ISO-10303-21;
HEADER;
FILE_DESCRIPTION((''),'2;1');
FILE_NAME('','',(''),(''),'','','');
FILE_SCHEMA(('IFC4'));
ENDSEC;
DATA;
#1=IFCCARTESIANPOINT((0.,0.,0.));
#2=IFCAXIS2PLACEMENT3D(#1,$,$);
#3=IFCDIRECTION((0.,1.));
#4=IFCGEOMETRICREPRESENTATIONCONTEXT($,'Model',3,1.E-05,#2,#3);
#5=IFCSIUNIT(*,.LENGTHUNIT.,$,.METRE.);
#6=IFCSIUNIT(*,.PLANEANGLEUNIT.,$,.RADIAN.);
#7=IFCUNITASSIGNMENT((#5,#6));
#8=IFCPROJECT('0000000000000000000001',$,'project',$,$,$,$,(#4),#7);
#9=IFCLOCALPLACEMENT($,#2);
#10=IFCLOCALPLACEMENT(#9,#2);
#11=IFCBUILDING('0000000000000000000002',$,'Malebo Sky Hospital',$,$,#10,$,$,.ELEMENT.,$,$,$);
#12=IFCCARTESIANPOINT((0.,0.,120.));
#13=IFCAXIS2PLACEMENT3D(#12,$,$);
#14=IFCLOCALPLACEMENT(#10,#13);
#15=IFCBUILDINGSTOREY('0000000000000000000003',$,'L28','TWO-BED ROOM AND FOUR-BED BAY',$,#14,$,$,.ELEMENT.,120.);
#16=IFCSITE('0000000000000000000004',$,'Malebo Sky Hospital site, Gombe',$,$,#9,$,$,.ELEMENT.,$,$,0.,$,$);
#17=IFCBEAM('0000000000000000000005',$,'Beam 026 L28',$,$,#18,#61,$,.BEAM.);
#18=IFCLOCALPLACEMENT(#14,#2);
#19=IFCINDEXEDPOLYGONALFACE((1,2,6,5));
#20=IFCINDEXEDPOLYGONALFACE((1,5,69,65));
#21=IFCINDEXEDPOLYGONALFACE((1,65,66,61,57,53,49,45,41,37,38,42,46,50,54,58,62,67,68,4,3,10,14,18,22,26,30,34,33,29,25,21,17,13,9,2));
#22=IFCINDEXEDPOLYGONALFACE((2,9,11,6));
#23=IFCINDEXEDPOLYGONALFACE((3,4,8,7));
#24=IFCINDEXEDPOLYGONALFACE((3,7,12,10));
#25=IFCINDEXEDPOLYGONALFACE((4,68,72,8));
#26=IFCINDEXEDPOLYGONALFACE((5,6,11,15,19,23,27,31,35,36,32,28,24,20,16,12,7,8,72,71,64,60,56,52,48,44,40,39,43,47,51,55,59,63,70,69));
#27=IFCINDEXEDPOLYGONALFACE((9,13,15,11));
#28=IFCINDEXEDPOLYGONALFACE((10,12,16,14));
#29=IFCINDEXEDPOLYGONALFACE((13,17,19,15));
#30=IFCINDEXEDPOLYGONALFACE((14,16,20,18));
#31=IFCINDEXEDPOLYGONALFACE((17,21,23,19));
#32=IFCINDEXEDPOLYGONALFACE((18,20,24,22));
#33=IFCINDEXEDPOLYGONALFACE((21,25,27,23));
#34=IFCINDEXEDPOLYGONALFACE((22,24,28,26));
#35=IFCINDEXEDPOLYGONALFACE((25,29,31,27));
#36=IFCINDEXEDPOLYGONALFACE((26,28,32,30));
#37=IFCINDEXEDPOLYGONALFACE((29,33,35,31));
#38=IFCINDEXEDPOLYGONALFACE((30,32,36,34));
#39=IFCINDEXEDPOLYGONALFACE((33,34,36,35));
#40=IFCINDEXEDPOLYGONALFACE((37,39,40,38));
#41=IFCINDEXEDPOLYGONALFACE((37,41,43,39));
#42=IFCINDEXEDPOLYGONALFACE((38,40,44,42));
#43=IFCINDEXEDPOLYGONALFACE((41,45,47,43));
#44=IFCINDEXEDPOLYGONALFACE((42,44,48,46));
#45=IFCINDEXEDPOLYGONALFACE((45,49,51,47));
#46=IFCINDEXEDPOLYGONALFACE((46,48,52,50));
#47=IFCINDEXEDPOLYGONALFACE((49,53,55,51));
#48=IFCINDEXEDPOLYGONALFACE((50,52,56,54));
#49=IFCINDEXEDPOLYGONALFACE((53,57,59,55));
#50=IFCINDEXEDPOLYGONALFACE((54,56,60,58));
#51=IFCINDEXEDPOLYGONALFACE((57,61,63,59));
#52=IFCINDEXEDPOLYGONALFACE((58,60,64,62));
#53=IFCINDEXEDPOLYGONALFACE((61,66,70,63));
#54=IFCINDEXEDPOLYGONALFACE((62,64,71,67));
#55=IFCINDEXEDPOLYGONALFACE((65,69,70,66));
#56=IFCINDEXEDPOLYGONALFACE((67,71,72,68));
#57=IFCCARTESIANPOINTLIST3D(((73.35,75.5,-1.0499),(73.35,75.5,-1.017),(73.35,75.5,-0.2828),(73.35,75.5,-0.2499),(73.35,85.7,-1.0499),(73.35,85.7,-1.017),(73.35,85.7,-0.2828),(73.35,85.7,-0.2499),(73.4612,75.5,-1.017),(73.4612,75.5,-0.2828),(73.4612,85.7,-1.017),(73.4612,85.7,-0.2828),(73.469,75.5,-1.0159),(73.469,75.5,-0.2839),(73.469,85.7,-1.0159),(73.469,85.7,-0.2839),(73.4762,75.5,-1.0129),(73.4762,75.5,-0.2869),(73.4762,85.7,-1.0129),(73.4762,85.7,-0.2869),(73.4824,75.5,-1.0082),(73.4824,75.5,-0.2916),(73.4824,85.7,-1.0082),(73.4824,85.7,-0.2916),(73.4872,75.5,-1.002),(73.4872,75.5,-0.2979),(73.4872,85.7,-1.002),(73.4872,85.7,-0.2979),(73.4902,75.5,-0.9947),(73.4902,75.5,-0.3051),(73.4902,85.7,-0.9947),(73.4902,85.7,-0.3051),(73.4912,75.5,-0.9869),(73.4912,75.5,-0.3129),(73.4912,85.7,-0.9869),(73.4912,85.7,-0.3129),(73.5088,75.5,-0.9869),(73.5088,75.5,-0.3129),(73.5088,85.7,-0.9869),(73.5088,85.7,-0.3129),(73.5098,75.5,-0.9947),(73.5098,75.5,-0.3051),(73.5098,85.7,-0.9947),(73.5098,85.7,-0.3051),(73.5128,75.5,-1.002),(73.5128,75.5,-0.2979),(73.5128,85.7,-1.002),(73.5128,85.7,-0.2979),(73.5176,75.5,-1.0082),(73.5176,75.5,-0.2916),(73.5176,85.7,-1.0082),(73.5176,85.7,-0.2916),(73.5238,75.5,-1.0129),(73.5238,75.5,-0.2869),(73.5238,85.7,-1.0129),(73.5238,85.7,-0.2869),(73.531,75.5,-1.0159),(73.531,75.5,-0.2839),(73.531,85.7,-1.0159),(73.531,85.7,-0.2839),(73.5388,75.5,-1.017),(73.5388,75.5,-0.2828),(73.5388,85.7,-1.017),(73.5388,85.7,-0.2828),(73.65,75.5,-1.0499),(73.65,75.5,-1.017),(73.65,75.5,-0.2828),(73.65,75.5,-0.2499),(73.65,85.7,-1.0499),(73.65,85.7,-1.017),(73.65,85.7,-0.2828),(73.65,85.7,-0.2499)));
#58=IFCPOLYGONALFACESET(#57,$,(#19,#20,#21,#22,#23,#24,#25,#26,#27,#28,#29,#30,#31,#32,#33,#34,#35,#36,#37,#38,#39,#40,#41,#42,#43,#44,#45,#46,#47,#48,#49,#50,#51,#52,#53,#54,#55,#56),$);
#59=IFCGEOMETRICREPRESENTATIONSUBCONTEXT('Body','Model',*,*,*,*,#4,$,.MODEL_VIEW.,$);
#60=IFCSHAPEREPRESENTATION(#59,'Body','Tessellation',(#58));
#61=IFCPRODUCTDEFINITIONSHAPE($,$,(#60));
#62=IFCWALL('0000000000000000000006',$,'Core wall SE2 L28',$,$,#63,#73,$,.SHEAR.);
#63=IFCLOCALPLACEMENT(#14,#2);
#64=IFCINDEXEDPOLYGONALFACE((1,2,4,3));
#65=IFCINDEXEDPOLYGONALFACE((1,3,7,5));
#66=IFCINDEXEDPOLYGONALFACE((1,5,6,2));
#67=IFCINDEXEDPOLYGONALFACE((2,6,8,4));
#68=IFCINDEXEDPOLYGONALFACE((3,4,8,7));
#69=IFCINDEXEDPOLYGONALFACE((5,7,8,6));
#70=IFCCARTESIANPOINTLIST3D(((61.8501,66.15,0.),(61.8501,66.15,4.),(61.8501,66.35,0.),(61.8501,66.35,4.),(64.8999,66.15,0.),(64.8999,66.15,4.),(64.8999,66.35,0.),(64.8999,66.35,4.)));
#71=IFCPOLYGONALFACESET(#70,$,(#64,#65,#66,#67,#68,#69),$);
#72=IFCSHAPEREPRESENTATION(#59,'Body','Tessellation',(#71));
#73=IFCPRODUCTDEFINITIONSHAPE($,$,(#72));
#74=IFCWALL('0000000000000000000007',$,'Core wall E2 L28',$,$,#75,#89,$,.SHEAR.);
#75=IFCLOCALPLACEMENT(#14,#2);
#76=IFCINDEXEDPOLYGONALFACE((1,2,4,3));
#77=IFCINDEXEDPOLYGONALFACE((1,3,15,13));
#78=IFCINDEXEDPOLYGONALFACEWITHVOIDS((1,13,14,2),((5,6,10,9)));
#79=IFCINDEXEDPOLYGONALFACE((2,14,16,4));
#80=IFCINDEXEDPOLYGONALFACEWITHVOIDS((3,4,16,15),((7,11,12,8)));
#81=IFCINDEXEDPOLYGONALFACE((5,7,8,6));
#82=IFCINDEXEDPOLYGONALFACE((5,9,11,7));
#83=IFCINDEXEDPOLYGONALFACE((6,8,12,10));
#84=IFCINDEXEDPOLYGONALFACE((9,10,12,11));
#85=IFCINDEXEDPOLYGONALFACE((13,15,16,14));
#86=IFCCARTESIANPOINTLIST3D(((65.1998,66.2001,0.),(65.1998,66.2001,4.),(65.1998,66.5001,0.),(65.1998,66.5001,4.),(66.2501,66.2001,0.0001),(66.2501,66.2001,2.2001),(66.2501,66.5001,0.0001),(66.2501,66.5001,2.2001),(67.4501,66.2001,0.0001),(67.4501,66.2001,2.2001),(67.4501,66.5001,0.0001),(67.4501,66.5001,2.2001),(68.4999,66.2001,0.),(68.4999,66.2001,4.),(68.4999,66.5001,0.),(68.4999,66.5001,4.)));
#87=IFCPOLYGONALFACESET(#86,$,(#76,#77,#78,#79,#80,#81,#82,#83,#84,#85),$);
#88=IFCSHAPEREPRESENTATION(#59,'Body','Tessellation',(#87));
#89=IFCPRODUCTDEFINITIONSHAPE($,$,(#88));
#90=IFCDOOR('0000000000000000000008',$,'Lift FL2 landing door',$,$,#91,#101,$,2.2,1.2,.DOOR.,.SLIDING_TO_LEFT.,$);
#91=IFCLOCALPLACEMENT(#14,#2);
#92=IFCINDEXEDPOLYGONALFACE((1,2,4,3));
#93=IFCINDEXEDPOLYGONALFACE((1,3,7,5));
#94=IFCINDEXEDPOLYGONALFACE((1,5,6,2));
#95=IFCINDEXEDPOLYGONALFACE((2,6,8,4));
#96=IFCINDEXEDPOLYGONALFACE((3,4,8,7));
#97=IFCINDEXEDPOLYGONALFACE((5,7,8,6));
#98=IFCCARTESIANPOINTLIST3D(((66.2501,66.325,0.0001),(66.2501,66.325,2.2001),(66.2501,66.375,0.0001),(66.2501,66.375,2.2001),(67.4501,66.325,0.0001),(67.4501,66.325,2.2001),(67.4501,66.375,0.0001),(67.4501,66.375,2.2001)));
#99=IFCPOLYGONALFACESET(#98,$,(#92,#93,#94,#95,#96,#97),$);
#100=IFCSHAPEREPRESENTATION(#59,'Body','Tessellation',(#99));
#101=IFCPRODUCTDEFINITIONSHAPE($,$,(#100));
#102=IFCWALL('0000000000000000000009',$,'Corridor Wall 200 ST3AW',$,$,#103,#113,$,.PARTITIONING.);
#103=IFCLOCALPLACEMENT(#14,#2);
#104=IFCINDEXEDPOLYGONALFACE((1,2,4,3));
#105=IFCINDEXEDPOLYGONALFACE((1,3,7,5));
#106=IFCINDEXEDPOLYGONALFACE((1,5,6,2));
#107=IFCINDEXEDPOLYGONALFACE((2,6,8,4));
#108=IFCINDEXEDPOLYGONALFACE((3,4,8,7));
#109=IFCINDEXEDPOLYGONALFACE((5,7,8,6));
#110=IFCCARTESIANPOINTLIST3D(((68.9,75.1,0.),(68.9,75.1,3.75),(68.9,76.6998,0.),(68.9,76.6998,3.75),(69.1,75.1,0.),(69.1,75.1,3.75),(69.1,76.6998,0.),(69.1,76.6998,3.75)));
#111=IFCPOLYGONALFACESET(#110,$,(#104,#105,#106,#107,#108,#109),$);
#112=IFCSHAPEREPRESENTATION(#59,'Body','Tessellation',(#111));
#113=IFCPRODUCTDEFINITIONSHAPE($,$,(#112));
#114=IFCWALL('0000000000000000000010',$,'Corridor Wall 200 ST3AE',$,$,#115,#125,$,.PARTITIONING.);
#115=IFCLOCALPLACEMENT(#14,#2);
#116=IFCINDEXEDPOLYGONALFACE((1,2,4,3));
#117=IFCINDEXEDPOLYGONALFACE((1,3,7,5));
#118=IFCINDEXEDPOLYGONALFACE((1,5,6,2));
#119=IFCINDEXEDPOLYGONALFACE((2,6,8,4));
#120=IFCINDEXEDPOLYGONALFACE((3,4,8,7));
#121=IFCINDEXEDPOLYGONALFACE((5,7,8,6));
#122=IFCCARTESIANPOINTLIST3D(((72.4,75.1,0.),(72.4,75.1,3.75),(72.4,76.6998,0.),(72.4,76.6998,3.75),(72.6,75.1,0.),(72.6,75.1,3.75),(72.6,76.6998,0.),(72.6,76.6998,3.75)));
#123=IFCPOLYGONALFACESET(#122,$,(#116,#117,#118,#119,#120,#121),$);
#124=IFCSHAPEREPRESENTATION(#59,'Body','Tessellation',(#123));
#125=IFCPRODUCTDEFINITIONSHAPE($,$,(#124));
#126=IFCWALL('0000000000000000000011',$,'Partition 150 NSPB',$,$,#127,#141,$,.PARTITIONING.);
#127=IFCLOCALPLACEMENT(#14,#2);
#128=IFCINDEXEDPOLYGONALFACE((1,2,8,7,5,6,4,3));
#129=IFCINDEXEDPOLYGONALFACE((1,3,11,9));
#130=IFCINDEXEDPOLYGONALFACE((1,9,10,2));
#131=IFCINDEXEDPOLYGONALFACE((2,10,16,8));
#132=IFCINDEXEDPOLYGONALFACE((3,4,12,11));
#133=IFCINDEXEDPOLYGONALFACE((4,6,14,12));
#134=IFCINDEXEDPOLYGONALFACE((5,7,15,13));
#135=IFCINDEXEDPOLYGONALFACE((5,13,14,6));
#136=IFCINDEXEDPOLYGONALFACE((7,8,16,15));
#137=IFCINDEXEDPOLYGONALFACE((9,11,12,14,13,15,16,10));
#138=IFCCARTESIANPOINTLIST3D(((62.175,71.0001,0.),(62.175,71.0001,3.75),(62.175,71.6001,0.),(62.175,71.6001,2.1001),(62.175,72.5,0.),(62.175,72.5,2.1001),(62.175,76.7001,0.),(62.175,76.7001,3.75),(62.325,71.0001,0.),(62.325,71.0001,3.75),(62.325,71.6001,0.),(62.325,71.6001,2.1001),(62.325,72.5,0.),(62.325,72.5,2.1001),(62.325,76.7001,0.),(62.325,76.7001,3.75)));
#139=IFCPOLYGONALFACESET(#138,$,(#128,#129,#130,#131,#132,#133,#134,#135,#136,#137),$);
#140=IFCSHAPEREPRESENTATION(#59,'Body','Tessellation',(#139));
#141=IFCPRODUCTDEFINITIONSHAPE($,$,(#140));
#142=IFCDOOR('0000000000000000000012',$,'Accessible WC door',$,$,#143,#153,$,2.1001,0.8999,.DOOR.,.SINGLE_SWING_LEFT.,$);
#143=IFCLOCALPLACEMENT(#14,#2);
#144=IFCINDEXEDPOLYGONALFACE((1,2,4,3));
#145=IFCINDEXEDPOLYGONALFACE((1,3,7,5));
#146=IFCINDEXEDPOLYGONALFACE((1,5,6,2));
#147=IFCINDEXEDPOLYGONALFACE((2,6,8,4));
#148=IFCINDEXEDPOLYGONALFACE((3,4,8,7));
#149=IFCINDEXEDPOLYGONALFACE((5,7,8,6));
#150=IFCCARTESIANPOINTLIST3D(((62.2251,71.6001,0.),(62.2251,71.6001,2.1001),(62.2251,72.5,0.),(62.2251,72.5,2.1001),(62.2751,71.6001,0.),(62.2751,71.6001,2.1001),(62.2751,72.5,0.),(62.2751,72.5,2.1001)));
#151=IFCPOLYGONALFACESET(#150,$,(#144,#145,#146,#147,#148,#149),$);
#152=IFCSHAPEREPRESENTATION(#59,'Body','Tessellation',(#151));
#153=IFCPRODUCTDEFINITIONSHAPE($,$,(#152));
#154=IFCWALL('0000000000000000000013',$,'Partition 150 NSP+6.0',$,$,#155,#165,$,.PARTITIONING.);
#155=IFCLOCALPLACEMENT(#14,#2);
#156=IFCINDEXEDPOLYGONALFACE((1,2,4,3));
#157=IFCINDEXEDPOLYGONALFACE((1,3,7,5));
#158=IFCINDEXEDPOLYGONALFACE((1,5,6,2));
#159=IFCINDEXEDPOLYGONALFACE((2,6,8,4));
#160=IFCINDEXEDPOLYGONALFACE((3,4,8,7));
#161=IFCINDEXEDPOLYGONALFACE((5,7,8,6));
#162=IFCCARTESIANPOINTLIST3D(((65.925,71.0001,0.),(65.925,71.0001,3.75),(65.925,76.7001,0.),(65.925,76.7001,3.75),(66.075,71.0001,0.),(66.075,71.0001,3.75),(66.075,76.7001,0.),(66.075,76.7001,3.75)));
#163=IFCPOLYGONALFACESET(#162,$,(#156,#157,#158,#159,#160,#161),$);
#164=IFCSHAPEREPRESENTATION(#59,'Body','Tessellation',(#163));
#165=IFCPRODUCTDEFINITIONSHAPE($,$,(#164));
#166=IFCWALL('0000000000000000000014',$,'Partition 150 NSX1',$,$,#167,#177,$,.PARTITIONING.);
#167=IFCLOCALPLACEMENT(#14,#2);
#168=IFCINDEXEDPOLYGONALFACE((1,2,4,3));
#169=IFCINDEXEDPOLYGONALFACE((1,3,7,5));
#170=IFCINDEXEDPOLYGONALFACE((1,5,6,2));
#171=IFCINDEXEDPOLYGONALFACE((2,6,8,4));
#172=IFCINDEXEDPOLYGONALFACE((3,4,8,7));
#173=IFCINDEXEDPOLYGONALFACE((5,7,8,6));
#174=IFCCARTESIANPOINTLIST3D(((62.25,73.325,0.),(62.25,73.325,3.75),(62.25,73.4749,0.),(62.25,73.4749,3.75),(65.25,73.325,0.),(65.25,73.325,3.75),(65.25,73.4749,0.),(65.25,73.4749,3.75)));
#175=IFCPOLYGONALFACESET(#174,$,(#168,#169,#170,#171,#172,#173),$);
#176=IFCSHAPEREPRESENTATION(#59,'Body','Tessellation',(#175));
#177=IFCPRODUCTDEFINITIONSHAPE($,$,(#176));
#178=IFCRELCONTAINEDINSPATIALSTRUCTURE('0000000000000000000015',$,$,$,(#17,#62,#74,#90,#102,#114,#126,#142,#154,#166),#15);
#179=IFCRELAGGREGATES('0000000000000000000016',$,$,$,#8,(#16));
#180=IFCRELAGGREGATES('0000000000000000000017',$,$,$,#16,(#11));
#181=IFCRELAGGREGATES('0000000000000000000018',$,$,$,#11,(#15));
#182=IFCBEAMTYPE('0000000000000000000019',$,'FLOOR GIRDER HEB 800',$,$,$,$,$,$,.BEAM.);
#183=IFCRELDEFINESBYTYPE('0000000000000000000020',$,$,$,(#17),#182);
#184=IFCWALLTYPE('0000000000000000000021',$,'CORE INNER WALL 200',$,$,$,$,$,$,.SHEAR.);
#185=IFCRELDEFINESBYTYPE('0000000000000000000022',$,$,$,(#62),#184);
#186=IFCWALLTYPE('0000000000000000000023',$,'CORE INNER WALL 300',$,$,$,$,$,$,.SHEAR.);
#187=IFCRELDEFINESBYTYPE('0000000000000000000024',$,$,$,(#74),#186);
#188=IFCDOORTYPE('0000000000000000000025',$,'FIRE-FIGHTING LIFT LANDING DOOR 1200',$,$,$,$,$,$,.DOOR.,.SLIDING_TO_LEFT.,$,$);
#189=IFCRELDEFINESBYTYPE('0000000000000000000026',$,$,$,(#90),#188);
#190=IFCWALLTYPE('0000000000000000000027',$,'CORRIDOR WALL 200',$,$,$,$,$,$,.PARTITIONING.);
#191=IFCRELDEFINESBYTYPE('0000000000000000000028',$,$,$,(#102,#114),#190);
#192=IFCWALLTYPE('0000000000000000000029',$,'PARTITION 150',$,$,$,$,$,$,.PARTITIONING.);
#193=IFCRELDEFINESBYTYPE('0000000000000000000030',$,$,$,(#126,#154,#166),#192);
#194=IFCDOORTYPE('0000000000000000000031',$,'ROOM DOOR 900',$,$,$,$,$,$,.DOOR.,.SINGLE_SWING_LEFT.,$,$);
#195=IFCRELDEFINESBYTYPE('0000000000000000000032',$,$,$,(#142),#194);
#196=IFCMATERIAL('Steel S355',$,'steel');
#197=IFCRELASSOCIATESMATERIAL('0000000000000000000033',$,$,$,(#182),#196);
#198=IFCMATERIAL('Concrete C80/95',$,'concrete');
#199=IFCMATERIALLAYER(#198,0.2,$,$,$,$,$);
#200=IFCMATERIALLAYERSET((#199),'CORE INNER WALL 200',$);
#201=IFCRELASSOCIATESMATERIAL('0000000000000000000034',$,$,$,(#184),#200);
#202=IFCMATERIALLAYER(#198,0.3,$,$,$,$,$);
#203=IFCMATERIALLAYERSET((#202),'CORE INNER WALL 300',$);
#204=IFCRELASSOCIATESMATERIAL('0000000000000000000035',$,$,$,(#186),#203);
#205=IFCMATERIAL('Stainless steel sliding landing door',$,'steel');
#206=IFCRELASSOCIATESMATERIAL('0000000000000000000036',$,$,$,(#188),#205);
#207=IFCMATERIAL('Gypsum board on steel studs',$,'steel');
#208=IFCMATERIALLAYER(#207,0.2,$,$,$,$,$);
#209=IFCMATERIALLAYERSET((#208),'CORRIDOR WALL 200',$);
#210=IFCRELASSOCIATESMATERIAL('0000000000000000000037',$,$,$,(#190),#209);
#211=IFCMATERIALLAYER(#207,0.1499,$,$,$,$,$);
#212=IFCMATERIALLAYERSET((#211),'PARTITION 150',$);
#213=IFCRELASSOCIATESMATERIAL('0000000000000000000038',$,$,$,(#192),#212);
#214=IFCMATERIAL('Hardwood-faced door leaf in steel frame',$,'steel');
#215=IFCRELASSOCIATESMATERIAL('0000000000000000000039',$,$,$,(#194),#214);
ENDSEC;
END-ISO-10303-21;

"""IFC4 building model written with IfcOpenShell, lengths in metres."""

from ifc_helpers import new_model, si_unit, direction, frame, frame_2d, origin, origin_2d, place, context, subcontext, project, spatial, rectangle, i_section, extrude, material, layer, layer_set, material_profile, profile_set, type_object, element, fill, save


model = new_model("IFC4")

# Units and contexts
model_context = context("Model", 3, precision=1e-05, world=origin(), true_north=direction((0.0, 1.0)))
body_context = subcontext(model_context, "Body", "Model", "MODEL_VIEW")
ifc_project = project(units=[si_unit("LENGTHUNIT", "METRE"), si_unit("PLANEANGLEUNIT", "RADIAN")], contexts=[model_context])

# Site, building, storey
site_placement = place(None, origin())
site = spatial("IfcSite", under=ifc_project, at=site_placement, Name="Malebo Sky Hospital site, Gombe", CompositionType="ELEMENT", RefElevation=0.0)
building_placement = place(site_placement, origin())
building = spatial("IfcBuilding", under=site, at=building_placement, Name="Malebo Sky Hospital", CompositionType="ELEMENT")
storey_placement = place(building_placement, frame((0.0, 0.0, 120.0)))
storey = spatial("IfcBuildingStorey", under=building, at=storey_placement, Name="L28", Description="TWO-BED ROOM AND FOUR-BED BAY", CompositionType="ELEMENT", Elevation=120.0)

# Beam
ifc_material_1 = material(Name="Steel S355", Category="steel")
ifc_material_profile_1 = material_profile(ifc_material_1, i_section(OverallWidth=0.3, OverallDepth=0.8, WebThickness=0.0176, FlangeThickness=0.033, FilletRadius=0.03, at=origin_2d()), Name="HEB 800")
ifc_profile_set_1 = profile_set([ifc_material_profile_1], Name="Steel S355")
beam_type_1 = type_object("IfcBeamType", Name="FLOOR GIRDER HEB 800", PredefinedType="BEAM", material=ifc_profile_set_1)
beam_1_placement = place(storey_placement, frame((73.5, 75.5, -0.6499), z_axis=(0.0, 1.0, 0.0), x_axis=(-1.0, 0.0, 0.0)))
element("IfcBeam", 1, at=beam_1_placement, inside=storey, type_object=beam_type_1, Name="Beam 026 L28", PredefinedType="BEAM", context=body_context, shape_type="SweptSolid", body=[
    extrude(i_section(OverallWidth=0.3, OverallDepth=0.8, WebThickness=0.0176, FlangeThickness=0.033, FilletRadius=0.03, at=origin_2d()), origin(), (0.0, 0.0, 1.0), 10.2),
])

# Wall
ifc_material_2 = material(Name="Concrete C80/95", Category="concrete")
ifc_layer_1 = layer(ifc_material_2, 0.2)
ifc_layer_set_1 = layer_set([ifc_layer_1], Name="CORE INNER WALL 200")
wall_type_1 = type_object("IfcWallType", Name="CORE INNER WALL 200", PredefinedType="SHEAR", material=ifc_layer_set_1)
wall_1_placement = place(storey_placement, frame((61.8501, 66.25, 0.0), z_axis=(0.0, 0.0, 1.0), x_axis=(1.0, 0.0, 0.0)))
element("IfcWall", 2, at=wall_1_placement, inside=storey, type_object=wall_type_1, Name="Core wall SE2 L28", PredefinedType="SHEAR", context=body_context, shape_type="SweptSolid", body=[
    extrude(rectangle(XDim=3.0498, YDim=0.2, at=frame_2d((1.5249, 0.0))), origin(), (0.0, 0.0, 1.0), 4.0),
])

# Wall, opening, door
ifc_layer_2 = layer(ifc_material_2, 0.3)
ifc_layer_set_2 = layer_set([ifc_layer_2], Name="CORE INNER WALL 300")
wall_type_2 = type_object("IfcWallType", Name="CORE INNER WALL 300", PredefinedType="SHEAR", material=ifc_layer_set_2)
wall_2_placement = place(storey_placement, frame((65.2, 66.3501, 0.0), z_axis=(0.0, 0.0, 1.0), x_axis=(1.0, 0.0, 0.0)))
wall_2 = element("IfcWall", 3, at=wall_2_placement, inside=storey, type_object=wall_type_2, Name="Core wall E2 L28", PredefinedType="SHEAR", context=body_context, shape_type="SweptSolid", body=[
    extrude(rectangle(XDim=3.3, YDim=0.3, at=frame_2d((1.6499, 0.0))), origin(), (0.0, 0.0, 1.0), 4.0),
])
opening_1_placement = place(wall_2_placement, frame((1.05, 0.0, 0.0)))
opening_1 = element("IfcOpeningElement", 4, at=opening_1_placement, cuts=wall_2, PredefinedType="OPENING", context=body_context, shape_type="SweptSolid", body=[
    extrude(rectangle(XDim=1.2, YDim=2.2, at=frame_2d((0.6001, 1.1001))), frame((0.0, 0.1599, 0.0), z_axis=(0.0, -1.0, 0.0), x_axis=(1.0, 0.0, 0.0)), (0.0, 0.0, 1.0), 0.3201),
])
ifc_material_3 = material(Name="Stainless steel sliding landing door", Category="steel")
door_type_1 = type_object("IfcDoorType", Name="FIRE-FIGHTING LIFT LANDING DOOR 1200", OperationType="SLIDING_TO_LEFT", PredefinedType="DOOR", material=ifc_material_3)
door_1_placement = place(opening_1_placement, origin())
door_1 = element("IfcDoor", 5, at=door_1_placement, inside=storey, type_object=door_type_1, Name="Lift FL2 landing door", OperationType="SLIDING_TO_LEFT", OverallHeight=2.2, OverallWidth=1.2, PredefinedType="DOOR", context=body_context, shape_type="SweptSolid", body=[
    extrude(rectangle(XDim=1.2, YDim=2.2, at=frame_2d((0.6001, 1.1001))), frame((0.0, 0.0249, 0.0), z_axis=(0.0, -1.0, 0.0), x_axis=(1.0, 0.0, 0.0)), (0.0, 0.0, 1.0), 0.05),
])
fill(opening_1, door_1)

# Walls
ifc_material_4 = material(Name="Gypsum board on steel studs", Category="steel")
ifc_layer_3 = layer(ifc_material_4, 0.2)
ifc_layer_set_3 = layer_set([ifc_layer_3], Name="CORRIDOR WALL 200")
wall_type_3 = type_object("IfcWallType", Name="CORRIDOR WALL 200", PredefinedType="PARTITIONING", material=ifc_layer_set_3)
for number, where, z_axis, x_axis, name in (
    (6, (69.0, 75.1001, 0.0), (0.0, 0.0, 1.0), (0.0, 1.0, 0.0), "Corridor Wall 200 ST3AW"),
    (7, (72.5, 75.1001, 0.0), (0.0, 0.0, 1.0), (0.0, 1.0, 0.0), "Corridor Wall 200 ST3AE"),
):
    element("IfcWall", number, at=place(storey_placement, frame(where, z_axis=z_axis, x_axis=x_axis)), inside=storey, type_object=wall_type_3, Name=name, PredefinedType="PARTITIONING", context=body_context, shape_type="SweptSolid", body=[
        extrude(rectangle(XDim=1.5999, YDim=0.2, at=frame_2d((0.7998, 0.0))), origin(), (0.0, 0.0, 1.0), 3.75),
    ])

# Wall, opening, door
ifc_layer_4 = layer(ifc_material_4, 0.1499)
ifc_layer_set_4 = layer_set([ifc_layer_4], Name="PARTITION 150")
wall_type_4 = type_object("IfcWallType", Name="PARTITION 150", PredefinedType="PARTITIONING", material=ifc_layer_set_4)
wall_3_placement = place(storey_placement, frame((62.25, 71.0, 0.0), z_axis=(0.0, 0.0, 1.0), x_axis=(0.0, 1.0, 0.0)))
wall_3 = element("IfcWall", 8, at=wall_3_placement, inside=storey, type_object=wall_type_4, Name="Partition 150 NSPB", PredefinedType="PARTITIONING", context=body_context, shape_type="SweptSolid", body=[
    extrude(rectangle(XDim=5.7, YDim=0.1499, at=frame_2d((2.8501, 0.0))), origin(), (0.0, 0.0, 1.0), 3.75),
])
opening_2_placement = place(wall_3_placement, frame((0.6001, 0.0, 0.0)))
opening_2 = element("IfcOpeningElement", 9, at=opening_2_placement, cuts=wall_3, PredefinedType="OPENING", context=body_context, shape_type="SweptSolid", body=[
    extrude(rectangle(XDim=0.8999, YDim=2.1001, at=frame_2d((0.45, 1.05))), frame((0.0, 0.085, 0.0), z_axis=(0.0, -1.0, 0.0), x_axis=(1.0, 0.0, 0.0)), (0.0, 0.0, 1.0), 0.1699),
])
ifc_material_5 = material(Name="Hardwood-faced door leaf in steel frame", Category="steel")
door_type_2 = type_object("IfcDoorType", Name="ROOM DOOR 900", OperationType="SINGLE_SWING_LEFT", PredefinedType="DOOR", material=ifc_material_5)
door_2_placement = place(opening_2_placement, origin())
door_2 = element("IfcDoor", 10, at=door_2_placement, inside=storey, type_object=door_type_2, Name="Accessible WC door", OperationType="SINGLE_SWING_LEFT", OverallHeight=2.1001, OverallWidth=0.8999, PredefinedType="DOOR", context=body_context, shape_type="SweptSolid", body=[
    extrude(rectangle(XDim=0.8999, YDim=2.1001, at=frame_2d((0.45, 1.05))), frame((0.0, 0.0249, 0.0), z_axis=(0.0, -1.0, 0.0), x_axis=(1.0, 0.0, 0.0)), (0.0, 0.0, 1.0), 0.05),
])
fill(opening_2, door_2)

# Walls
wall_4_placement = place(storey_placement, frame((66.0, 71.0, 0.0), z_axis=(0.0, 0.0, 1.0), x_axis=(0.0, 1.0, 0.0)))
element("IfcWall", 11, at=wall_4_placement, inside=storey, type_object=wall_type_4, Name="Partition 150 NSP+6.0", PredefinedType="PARTITIONING", context=body_context, shape_type="SweptSolid", body=[
    extrude(rectangle(XDim=5.7, YDim=0.1499, at=frame_2d((2.8501, 0.0))), origin(), (0.0, 0.0, 1.0), 3.75),
])
wall_5_placement = place(storey_placement, frame((62.25, 73.3999, 0.0), z_axis=(0.0, 0.0, 1.0), x_axis=(1.0, 0.0, 0.0)))
element("IfcWall", 12, at=wall_5_placement, inside=storey, type_object=wall_type_4, Name="Partition 150 NSX1", PredefinedType="PARTITIONING", context=body_context, shape_type="SweptSolid", body=[
    extrude(rectangle(XDim=3.0, YDim=0.1499, at=frame_2d((1.5, 0.0))), origin(), (0.0, 0.0, 1.0), 3.75),
])

save(model, "model.ifc")
